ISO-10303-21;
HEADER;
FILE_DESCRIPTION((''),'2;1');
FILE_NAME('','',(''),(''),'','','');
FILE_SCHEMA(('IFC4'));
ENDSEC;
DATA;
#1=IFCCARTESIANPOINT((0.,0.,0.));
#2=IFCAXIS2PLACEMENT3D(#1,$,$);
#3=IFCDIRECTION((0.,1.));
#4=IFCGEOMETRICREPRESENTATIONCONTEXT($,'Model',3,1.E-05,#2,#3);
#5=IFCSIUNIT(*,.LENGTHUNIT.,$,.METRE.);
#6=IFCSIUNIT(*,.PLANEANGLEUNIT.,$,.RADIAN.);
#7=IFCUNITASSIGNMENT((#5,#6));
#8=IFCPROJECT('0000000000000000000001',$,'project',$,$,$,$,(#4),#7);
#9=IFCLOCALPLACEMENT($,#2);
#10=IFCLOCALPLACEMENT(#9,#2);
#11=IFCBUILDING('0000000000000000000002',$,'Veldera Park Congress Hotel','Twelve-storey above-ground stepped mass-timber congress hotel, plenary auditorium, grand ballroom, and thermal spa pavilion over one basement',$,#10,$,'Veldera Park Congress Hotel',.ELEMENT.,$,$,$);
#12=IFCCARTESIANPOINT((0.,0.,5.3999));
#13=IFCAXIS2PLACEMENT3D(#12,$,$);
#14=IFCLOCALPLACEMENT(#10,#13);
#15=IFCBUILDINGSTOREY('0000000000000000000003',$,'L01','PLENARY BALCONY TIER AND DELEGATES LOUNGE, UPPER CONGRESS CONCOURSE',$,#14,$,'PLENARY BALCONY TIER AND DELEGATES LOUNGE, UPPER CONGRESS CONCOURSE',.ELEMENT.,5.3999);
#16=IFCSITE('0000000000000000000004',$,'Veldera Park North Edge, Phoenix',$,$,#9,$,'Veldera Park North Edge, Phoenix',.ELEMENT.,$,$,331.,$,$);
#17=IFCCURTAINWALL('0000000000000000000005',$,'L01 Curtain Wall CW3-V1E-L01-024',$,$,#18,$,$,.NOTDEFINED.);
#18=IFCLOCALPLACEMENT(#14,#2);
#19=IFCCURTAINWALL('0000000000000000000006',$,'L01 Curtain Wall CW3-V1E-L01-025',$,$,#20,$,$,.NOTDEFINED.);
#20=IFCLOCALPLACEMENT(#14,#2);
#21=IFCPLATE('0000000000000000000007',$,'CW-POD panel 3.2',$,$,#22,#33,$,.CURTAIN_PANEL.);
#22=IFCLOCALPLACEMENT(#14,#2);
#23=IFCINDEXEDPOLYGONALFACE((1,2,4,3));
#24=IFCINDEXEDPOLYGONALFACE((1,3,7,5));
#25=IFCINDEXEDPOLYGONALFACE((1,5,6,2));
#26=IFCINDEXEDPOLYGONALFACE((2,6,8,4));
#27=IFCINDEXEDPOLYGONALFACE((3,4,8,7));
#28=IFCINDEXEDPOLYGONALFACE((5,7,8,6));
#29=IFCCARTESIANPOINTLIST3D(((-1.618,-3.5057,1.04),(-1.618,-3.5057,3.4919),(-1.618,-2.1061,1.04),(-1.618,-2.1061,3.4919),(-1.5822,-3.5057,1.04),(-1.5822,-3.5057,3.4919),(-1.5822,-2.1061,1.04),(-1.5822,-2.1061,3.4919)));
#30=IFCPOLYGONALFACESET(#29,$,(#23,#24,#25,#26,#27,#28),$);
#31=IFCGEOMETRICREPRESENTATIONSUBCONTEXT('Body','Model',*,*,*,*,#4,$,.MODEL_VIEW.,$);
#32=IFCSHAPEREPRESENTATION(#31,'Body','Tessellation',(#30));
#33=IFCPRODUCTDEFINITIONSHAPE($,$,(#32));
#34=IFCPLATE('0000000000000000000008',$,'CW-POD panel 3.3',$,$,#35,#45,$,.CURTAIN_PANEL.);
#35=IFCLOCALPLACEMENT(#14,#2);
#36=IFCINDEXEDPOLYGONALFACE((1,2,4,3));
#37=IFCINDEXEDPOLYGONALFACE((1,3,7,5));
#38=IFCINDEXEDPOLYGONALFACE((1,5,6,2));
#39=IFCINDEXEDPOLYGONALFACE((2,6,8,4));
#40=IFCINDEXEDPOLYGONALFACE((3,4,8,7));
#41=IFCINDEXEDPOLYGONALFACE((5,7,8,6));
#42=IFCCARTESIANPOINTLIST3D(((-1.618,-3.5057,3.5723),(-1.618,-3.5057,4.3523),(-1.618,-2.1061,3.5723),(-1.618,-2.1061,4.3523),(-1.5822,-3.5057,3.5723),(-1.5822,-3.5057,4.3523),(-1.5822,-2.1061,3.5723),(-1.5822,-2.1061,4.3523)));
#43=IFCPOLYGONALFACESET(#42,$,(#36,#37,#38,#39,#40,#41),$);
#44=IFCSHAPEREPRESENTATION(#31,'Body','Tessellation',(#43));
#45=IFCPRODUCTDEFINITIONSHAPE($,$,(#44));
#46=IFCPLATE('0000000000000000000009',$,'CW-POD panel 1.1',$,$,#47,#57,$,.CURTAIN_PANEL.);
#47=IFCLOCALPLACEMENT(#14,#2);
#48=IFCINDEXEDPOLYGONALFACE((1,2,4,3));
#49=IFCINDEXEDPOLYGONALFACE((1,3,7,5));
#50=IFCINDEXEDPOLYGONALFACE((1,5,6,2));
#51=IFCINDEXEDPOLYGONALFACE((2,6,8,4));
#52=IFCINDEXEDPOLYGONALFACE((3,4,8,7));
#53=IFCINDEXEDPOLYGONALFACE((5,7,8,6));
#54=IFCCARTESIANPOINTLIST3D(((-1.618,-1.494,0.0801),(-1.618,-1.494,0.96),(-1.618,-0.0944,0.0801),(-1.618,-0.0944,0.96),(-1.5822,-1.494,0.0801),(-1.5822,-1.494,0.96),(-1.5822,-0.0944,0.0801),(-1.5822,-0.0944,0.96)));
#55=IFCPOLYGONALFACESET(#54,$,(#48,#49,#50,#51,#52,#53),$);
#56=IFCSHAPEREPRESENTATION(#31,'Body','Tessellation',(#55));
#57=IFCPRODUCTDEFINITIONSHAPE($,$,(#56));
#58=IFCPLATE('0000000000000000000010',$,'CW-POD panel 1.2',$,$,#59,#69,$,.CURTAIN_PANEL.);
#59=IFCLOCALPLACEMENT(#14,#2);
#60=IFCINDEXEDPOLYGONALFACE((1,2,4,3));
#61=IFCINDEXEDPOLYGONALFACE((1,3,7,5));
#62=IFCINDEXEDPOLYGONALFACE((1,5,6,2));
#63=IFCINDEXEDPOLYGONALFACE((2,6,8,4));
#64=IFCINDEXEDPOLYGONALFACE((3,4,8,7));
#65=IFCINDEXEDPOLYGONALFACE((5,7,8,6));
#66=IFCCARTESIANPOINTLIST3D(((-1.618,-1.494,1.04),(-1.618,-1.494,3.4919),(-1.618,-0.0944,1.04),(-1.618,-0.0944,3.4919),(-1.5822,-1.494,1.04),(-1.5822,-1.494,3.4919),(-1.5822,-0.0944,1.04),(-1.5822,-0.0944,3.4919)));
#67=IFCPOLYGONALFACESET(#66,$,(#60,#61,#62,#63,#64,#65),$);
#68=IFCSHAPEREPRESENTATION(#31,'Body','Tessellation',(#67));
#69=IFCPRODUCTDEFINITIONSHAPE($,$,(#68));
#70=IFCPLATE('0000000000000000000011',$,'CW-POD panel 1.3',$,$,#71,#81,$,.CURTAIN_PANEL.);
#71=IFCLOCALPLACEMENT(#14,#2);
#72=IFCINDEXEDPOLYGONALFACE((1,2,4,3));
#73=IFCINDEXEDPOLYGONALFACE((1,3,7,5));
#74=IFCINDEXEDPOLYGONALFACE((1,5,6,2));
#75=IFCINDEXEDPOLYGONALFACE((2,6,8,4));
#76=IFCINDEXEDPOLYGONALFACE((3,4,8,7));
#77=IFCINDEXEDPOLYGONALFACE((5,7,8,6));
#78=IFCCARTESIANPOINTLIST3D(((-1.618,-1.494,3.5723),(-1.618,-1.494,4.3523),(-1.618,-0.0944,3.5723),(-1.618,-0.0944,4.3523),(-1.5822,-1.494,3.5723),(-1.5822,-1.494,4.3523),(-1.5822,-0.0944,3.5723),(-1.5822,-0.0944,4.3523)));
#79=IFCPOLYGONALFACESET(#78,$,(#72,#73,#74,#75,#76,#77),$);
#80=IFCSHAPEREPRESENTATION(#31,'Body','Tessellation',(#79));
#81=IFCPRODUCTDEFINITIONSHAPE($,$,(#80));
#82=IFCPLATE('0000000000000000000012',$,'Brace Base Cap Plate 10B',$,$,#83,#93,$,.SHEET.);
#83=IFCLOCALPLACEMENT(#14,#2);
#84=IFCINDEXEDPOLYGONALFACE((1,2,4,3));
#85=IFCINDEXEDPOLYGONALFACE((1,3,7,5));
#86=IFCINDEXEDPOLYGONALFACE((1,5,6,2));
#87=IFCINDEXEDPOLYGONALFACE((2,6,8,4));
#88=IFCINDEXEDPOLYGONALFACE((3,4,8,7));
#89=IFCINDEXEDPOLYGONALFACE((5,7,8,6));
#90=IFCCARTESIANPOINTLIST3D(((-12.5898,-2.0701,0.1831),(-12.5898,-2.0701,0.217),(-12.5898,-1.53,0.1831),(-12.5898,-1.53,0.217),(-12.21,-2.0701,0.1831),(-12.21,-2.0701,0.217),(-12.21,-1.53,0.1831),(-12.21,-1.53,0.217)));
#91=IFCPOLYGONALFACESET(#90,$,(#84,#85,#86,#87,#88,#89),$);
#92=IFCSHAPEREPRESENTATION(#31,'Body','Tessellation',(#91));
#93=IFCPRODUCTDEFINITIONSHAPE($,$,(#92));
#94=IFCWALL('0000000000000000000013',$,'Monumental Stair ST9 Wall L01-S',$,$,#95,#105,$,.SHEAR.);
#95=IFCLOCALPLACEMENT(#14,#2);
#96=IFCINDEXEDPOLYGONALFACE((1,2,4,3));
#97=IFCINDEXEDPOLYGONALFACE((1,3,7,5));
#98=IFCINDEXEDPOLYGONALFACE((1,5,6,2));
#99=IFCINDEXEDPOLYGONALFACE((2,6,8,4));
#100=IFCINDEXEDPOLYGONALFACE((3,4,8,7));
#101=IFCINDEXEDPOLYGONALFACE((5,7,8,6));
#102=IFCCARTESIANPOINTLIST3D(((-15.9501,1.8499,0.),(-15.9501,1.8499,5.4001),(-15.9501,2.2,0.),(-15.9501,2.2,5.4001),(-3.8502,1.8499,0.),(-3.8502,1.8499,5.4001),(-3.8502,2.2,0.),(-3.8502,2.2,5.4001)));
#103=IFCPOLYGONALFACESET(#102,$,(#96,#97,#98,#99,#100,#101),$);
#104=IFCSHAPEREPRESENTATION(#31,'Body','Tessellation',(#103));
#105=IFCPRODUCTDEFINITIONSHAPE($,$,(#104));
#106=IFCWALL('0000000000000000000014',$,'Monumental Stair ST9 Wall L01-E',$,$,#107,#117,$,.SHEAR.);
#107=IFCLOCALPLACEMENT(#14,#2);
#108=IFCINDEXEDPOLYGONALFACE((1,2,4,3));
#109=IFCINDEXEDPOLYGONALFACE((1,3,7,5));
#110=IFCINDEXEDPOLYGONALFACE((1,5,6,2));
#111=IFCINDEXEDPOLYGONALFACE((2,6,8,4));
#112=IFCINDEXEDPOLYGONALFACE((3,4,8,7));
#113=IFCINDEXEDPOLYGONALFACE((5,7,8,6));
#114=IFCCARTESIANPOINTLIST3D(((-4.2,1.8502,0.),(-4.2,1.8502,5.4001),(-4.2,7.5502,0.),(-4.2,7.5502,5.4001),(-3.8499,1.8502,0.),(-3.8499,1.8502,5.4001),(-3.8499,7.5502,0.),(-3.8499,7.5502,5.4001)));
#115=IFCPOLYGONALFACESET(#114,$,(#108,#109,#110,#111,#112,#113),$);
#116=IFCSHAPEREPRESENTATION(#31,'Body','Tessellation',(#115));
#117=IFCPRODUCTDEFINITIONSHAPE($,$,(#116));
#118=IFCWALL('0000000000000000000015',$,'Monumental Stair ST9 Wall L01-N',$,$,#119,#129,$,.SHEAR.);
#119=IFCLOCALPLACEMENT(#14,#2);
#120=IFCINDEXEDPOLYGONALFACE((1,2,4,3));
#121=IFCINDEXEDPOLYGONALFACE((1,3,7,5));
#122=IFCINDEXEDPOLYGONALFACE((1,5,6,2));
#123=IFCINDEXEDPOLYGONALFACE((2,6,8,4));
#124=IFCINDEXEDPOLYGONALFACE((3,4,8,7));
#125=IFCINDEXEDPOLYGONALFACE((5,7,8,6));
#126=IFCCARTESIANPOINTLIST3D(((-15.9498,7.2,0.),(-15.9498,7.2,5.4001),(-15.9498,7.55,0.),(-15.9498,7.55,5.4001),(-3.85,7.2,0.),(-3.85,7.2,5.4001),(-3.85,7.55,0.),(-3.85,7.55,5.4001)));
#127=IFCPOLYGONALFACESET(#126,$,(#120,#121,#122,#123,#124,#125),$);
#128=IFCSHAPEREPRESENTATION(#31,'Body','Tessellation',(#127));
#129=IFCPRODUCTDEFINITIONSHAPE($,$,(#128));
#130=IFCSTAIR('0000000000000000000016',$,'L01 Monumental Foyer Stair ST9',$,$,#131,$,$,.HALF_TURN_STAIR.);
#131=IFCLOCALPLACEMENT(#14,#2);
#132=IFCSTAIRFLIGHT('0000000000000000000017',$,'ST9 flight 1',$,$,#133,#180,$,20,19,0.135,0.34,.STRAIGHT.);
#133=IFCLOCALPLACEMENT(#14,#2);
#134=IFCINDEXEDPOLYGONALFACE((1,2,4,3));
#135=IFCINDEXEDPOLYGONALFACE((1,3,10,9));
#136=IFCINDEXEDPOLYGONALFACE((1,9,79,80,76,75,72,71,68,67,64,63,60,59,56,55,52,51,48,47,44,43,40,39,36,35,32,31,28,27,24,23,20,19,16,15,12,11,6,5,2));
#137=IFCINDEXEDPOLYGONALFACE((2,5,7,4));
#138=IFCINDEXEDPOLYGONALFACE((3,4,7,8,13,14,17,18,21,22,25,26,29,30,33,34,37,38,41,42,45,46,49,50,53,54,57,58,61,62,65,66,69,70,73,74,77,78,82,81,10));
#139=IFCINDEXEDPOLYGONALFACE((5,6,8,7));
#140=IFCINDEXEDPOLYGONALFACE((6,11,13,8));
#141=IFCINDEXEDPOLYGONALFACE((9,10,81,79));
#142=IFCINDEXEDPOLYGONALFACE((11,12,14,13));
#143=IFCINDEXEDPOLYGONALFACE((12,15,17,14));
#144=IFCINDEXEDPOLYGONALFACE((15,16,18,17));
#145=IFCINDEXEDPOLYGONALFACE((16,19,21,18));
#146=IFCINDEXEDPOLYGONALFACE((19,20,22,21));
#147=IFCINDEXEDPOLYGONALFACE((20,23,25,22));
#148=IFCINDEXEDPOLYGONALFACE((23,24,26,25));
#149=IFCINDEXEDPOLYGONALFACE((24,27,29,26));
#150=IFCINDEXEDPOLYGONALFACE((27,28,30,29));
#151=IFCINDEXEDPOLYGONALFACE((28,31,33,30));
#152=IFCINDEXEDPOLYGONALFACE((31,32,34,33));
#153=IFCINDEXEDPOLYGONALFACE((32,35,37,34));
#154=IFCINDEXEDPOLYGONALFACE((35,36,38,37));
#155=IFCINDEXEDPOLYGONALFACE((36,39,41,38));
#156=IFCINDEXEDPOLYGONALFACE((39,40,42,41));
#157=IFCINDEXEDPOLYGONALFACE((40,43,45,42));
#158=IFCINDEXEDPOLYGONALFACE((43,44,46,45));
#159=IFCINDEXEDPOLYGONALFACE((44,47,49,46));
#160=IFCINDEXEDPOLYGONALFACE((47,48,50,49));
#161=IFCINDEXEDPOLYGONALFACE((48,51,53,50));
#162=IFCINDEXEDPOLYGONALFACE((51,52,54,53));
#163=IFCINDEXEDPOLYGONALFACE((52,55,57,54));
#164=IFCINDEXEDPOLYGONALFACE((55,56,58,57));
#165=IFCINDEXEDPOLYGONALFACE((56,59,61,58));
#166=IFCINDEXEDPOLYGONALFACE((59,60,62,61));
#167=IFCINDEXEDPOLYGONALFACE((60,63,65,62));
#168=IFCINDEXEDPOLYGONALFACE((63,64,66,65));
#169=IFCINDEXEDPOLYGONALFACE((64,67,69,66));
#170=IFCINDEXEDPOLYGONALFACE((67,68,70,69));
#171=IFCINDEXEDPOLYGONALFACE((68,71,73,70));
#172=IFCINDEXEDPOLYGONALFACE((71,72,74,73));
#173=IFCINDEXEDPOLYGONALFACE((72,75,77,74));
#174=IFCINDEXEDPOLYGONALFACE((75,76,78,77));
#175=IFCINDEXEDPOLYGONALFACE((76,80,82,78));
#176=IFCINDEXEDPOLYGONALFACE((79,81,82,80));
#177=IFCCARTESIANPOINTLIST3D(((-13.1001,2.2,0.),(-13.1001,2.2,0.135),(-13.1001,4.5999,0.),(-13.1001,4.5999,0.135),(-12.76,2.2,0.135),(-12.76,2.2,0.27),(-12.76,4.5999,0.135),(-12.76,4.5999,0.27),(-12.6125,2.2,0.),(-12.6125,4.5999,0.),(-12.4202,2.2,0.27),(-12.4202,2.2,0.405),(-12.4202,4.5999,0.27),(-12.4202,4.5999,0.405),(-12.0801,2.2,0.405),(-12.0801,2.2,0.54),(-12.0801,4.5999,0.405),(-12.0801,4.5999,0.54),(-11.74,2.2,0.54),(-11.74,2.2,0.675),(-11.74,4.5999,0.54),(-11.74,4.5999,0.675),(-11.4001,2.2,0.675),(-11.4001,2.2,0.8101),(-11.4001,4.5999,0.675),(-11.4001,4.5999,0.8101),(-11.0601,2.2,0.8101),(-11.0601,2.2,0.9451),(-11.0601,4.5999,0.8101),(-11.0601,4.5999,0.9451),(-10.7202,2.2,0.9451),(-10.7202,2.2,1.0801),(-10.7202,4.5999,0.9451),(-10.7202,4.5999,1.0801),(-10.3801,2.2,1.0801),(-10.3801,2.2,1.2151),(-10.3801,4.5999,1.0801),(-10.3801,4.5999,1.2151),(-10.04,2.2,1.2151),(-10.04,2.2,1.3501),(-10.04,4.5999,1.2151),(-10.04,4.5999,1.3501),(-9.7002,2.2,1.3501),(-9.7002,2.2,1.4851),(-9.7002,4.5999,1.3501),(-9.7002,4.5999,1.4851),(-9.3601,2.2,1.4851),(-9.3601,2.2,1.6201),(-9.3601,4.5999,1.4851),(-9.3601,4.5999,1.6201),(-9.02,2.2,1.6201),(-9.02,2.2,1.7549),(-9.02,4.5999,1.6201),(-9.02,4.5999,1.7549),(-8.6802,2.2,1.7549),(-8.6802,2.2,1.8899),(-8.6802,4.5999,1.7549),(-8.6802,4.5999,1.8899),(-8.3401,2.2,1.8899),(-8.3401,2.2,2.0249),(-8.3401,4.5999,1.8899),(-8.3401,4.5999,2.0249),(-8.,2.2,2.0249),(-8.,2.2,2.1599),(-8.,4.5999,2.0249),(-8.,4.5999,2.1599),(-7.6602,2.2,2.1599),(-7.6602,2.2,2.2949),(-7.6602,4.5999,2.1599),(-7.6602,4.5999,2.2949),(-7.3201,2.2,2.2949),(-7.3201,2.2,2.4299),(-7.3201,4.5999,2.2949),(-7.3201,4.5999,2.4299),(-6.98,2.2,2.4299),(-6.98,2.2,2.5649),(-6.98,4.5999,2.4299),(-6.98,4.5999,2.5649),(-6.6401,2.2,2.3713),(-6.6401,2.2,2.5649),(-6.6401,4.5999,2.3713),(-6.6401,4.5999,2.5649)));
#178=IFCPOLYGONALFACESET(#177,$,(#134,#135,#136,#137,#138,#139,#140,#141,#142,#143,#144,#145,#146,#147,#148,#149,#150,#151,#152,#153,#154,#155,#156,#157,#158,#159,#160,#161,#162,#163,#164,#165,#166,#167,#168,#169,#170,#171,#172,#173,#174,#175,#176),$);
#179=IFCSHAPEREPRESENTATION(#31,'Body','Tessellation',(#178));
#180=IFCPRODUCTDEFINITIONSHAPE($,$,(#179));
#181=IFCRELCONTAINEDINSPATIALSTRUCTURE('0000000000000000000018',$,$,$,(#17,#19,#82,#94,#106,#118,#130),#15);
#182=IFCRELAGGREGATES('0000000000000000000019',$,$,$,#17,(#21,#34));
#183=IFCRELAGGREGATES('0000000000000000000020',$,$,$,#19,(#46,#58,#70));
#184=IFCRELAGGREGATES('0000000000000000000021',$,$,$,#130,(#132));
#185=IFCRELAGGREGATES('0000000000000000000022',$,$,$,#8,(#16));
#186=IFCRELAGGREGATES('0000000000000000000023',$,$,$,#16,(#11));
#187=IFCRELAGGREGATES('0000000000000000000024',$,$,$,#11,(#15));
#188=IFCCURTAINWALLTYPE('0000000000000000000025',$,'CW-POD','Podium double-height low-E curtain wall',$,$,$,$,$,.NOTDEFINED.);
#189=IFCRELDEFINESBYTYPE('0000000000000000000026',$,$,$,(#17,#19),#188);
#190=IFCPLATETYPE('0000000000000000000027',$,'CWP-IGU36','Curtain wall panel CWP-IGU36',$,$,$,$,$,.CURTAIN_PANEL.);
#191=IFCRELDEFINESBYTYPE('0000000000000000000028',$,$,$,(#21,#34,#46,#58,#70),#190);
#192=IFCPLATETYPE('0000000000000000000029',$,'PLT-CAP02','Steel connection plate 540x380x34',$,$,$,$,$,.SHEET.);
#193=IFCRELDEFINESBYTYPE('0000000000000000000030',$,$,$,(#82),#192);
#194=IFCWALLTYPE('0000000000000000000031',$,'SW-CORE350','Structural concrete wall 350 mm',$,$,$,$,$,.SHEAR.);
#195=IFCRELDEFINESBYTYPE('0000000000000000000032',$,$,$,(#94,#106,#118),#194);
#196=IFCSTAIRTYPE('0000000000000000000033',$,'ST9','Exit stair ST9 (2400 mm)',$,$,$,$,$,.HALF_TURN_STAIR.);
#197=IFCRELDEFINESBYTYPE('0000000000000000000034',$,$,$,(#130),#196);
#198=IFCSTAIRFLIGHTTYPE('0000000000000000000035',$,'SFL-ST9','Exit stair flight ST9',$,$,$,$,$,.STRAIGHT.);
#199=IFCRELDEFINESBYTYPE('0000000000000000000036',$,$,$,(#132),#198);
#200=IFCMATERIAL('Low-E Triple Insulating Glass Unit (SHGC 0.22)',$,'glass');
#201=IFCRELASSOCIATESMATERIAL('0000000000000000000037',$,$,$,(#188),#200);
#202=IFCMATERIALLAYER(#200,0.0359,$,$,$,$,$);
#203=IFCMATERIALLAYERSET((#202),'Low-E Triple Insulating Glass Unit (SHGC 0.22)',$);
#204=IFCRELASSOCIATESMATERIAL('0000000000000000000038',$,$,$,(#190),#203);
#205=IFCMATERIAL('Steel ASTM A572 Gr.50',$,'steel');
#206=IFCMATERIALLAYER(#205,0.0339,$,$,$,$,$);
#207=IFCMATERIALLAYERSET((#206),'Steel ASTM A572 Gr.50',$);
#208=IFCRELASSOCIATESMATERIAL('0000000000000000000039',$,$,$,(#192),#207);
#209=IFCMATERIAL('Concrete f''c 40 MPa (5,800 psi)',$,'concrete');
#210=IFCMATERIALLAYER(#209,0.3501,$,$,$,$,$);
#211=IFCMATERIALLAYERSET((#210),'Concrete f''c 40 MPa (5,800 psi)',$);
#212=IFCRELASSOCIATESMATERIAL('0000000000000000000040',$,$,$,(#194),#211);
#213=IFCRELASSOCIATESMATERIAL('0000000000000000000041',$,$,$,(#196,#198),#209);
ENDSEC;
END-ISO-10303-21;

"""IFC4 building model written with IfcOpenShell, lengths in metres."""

from ifc_helpers import new_model, si_unit, direction, frame, frame_2d, origin, origin_2d, place, context, subcontext, project, spatial, polyline, rectangle, outline, extrude, material, layer, layer_set, type_object, element, aggregate, save


model = new_model("IFC4")

# Units and contexts
model_context = context("Model", 3, precision=1e-05, world=origin(), true_north=direction((0.0, 1.0)))
body_context = subcontext(model_context, "Body", "Model", "MODEL_VIEW")
ifc_project = project(units=[si_unit("LENGTHUNIT", "METRE"), si_unit("PLANEANGLEUNIT", "RADIAN")], contexts=[model_context])

# Site, building, storey
site_placement = place(None, origin())
site = spatial("IfcSite", under=ifc_project, at=site_placement, Name="Veldera Park North Edge, Phoenix", LongName="Veldera Park North Edge, Phoenix", CompositionType="ELEMENT", RefElevation=331.0)
building_placement = place(site_placement, origin())
building = spatial("IfcBuilding", under=site, at=building_placement, Name="Veldera Park Congress Hotel", Description="Twelve-storey above-ground stepped mass-timber congress hotel, plenary auditorium, grand ballroom, and thermal spa pavilion over one basement", LongName="Veldera Park Congress Hotel", CompositionType="ELEMENT")
storey_placement = place(building_placement, frame((0.0, 0.0, 5.3999)))
storey = spatial("IfcBuildingStorey", under=building, at=storey_placement, Name="L01", Description="PLENARY BALCONY TIER AND DELEGATES LOUNGE, UPPER CONGRESS CONCOURSE", LongName="PLENARY BALCONY TIER AND DELEGATES LOUNGE, UPPER CONGRESS CONCOURSE", CompositionType="ELEMENT", Elevation=5.3999)

# Curtain wall
ifc_material_1 = material(Name="Low-E Triple Insulating Glass Unit (SHGC 0.22)", Category="glass")
curtain_wall_type = type_object("IfcCurtainWallType", Name="CW-POD", Description="Podium double-height low-E curtain wall", PredefinedType="NOTDEFINED", material=ifc_material_1)
curtain_wall_1_placement = place(storey_placement, origin())
curtain_wall_1 = element("IfcCurtainWall", 1, at=curtain_wall_1_placement, inside=storey, type_object=curtain_wall_type, Name="L01 Curtain Wall CW3-V1E-L01-024", PredefinedType="NOTDEFINED")

# Curtain wall
curtain_wall_2_placement = place(storey_placement, origin())
curtain_wall_2 = element("IfcCurtainWall", 2, at=curtain_wall_2_placement, inside=storey, type_object=curtain_wall_type, Name="L01 Curtain Wall CW3-V1E-L01-025", PredefinedType="NOTDEFINED")

# Plates
ifc_layer_1 = layer(ifc_material_1, 0.0359)
ifc_layer_set_1 = layer_set([ifc_layer_1], Name="Low-E Triple Insulating Glass Unit (SHGC 0.22)")
plate_type_1 = type_object("IfcPlateType", Name="CWP-IGU36", Description="Curtain wall panel CWP-IGU36", PredefinedType="CURTAIN_PANEL", material=ifc_layer_set_1)
plate_1_placement = place(storey_placement, frame((-1.6001, -2.8059, 1.04), z_axis=(0.0, 0.0, 1.0), x_axis=(0.0, 1.0, 0.0)))
plate_1 = element("IfcPlate", 3, at=plate_1_placement, type_object=plate_type_1, Name="CW-POD panel 3.2", PredefinedType="CURTAIN_PANEL", context=body_context, shape_type="SweptSolid", body=[
    extrude(rectangle(XDim=1.3997, YDim=0.0359, at=origin_2d()), origin(), (0.0, 0.0, 1.0), 2.4519),
])
plate_2_placement = place(storey_placement, frame((-1.6001, -2.8059, 3.5723), z_axis=(0.0, 0.0, 1.0), x_axis=(0.0, 1.0, 0.0)))
plate_2 = element("IfcPlate", 4, at=plate_2_placement, type_object=plate_type_1, Name="CW-POD panel 3.3", PredefinedType="CURTAIN_PANEL", context=body_context, shape_type="SweptSolid", body=[
    extrude(rectangle(XDim=1.3997, YDim=0.0359, at=origin_2d()), origin(), (0.0, 0.0, 1.0), 0.78),
])
aggregate(curtain_wall_1, [plate_1, plate_2])
plate_3_placement = place(storey_placement, frame((-1.6001, -0.7942, 0.0801), z_axis=(0.0, 0.0, 1.0), x_axis=(0.0, 1.0, 0.0)))
plate_3 = element("IfcPlate", 5, at=plate_3_placement, type_object=plate_type_1, Name="CW-POD panel 1.1", PredefinedType="CURTAIN_PANEL", context=body_context, shape_type="SweptSolid", body=[
    extrude(rectangle(XDim=1.3997, YDim=0.0359, at=origin_2d()), origin(), (0.0, 0.0, 1.0), 0.8799),
])
plate_4_placement = place(storey_placement, frame((-1.6001, -0.7942, 1.04), z_axis=(0.0, 0.0, 1.0), x_axis=(0.0, 1.0, 0.0)))
plate_4 = element("IfcPlate", 6, at=plate_4_placement, type_object=plate_type_1, Name="CW-POD panel 1.2", PredefinedType="CURTAIN_PANEL", context=body_context, shape_type="SweptSolid", body=[
    extrude(rectangle(XDim=1.3997, YDim=0.0359, at=origin_2d()), origin(), (0.0, 0.0, 1.0), 2.4519),
])
plate_5_placement = place(storey_placement, frame((-1.6001, -0.7942, 3.5723), z_axis=(0.0, 0.0, 1.0), x_axis=(0.0, 1.0, 0.0)))
plate_5 = element("IfcPlate", 7, at=plate_5_placement, type_object=plate_type_1, Name="CW-POD panel 1.3", PredefinedType="CURTAIN_PANEL", context=body_context, shape_type="SweptSolid", body=[
    extrude(rectangle(XDim=1.3997, YDim=0.0359, at=origin_2d()), origin(), (0.0, 0.0, 1.0), 0.78),
])
aggregate(curtain_wall_2, [plate_3, plate_4, plate_5])
ifc_material_2 = material(Name="Steel ASTM A572 Gr.50", Category="steel")
ifc_layer_2 = layer(ifc_material_2, 0.0339)
ifc_layer_set_2 = layer_set([ifc_layer_2], Name="Steel ASTM A572 Gr.50")
plate_type_2 = type_object("IfcPlateType", Name="PLT-CAP02", Description="Steel connection plate 540x380x34", PredefinedType="SHEET", material=ifc_layer_set_2)
plate_6_placement = place(storey_placement, frame((-12.3999, -1.8, 0.1831), z_axis=(0.0, 0.0, 1.0), x_axis=(0.0, 1.0, 0.0)))
element("IfcPlate", 8, at=plate_6_placement, inside=storey, type_object=plate_type_2, Name="Brace Base Cap Plate 10B", PredefinedType="SHEET", context=body_context, shape_type="SweptSolid", body=[
    extrude(rectangle(XDim=0.54, YDim=0.3799, at=origin_2d()), origin(), (0.0, 0.0, 1.0), 0.0339),
])

# Walls
ifc_material_3 = material(Name="Concrete f'c 40 MPa (5,800 psi)", Category="concrete")
ifc_layer_3 = layer(ifc_material_3, 0.3501)
ifc_layer_set_3 = layer_set([ifc_layer_3], Name="Concrete f'c 40 MPa (5,800 psi)")
wall_type = type_object("IfcWallType", Name="SW-CORE350", Description="Structural concrete wall 350 mm", PredefinedType="SHEAR", material=ifc_layer_set_3)
wall_1_placement = place(storey_placement, frame((-15.95, 2.0249, 0.0), z_axis=(0.0, 0.0, 1.0), x_axis=(1.0, 0.0, 0.0)))
element("IfcWall", 9, at=wall_1_placement, inside=storey, type_object=wall_type, Name="Monumental Stair ST9 Wall L01-S", PredefinedType="SHEAR", context=body_context, shape_type="SweptSolid", body=[
    extrude(rectangle(XDim=12.0999, YDim=0.3501, at=frame_2d((6.0498, 0.0))), origin(), (0.0, 0.0, 1.0), 5.4001),
])
wall_2_placement = place(storey_placement, frame((-4.0249, 1.8501, 0.0), z_axis=(0.0, 0.0, 1.0), x_axis=(0.0, 1.0, 0.0)))
element("IfcWall", 10, at=wall_2_placement, inside=storey, type_object=wall_type, Name="Monumental Stair ST9 Wall L01-E", PredefinedType="SHEAR", context=body_context, shape_type="SweptSolid", body=[
    extrude(rectangle(XDim=5.7, YDim=0.3501, at=frame_2d((2.8501, 0.0))), origin(), (0.0, 0.0, 1.0), 5.4001),
])
wall_3_placement = place(storey_placement, frame((-3.8501, 7.375, 0.0), z_axis=(0.0, 0.0, 1.0), x_axis=(-1.0, 0.0, 0.0)))
element("IfcWall", 11, at=wall_3_placement, inside=storey, type_object=wall_type, Name="Monumental Stair ST9 Wall L01-N", PredefinedType="SHEAR", context=body_context, shape_type="SweptSolid", body=[
    extrude(rectangle(XDim=12.0999, YDim=0.3501, at=frame_2d((6.0498, 0.0))), origin(), (0.0, 0.0, 1.0), 5.4001),
])

# Stair, stair flight
stair_type = type_object("IfcStairType", Name="ST9", Description="Exit stair ST9 (2400 mm)", PredefinedType="HALF_TURN_STAIR", material=ifc_material_3)
stair_placement = place(storey_placement, origin())
stair = element("IfcStair", 12, at=stair_placement, inside=storey, type_object=stair_type, Name="L01 Monumental Foyer Stair ST9", PredefinedType="HALF_TURN_STAIR")
stair_flight_type = type_object("IfcStairFlightType", Name="SFL-ST9", Description="Exit stair flight ST9", PredefinedType="STRAIGHT", material=ifc_material_3)
stair_flight_1_placement = place(storey_placement, frame((-13.1001, 3.3999, 0.0), z_axis=(0.0, 0.0, 1.0), x_axis=(1.0, 0.0, 0.0)))
stair_flight_1 = element("IfcStairFlight", 13, at=stair_flight_1_placement, type_object=stair_flight_type, Name="ST9 flight 1", NumberOfRisers=20, NumberOfTreads=19, PredefinedType="STRAIGHT", RiserHeight=0.135, TreadLength=0.34, context=body_context, shape_type="SweptSolid", body=[
    extrude(outline(polyline([(0.0, 0.0), (0.0, 0.135), (0.3401, 0.135), (0.3401, 0.27), (0.6799, 0.27), (0.6799, 0.405), (1.02, 0.405), (1.02, 0.54), (1.3601, 0.54), (1.3601, 0.675), (1.7, 0.675), (1.7, 0.8101), (2.04, 0.8101), (2.04, 0.9451), (2.3799, 0.9451), (2.3799, 1.0801), (2.72, 1.0801), (2.72, 1.2151), (3.0601, 1.2151), (3.0601, 1.3501), (3.3999, 1.3501), (3.3999, 1.4851), (3.74, 1.4851), (3.74, 1.6201), (4.0801, 1.6201), (4.0801, 1.7549), (4.4199, 1.7549), (4.4199, 1.8899), (4.76, 1.8899), (4.76, 2.0249), (5.1001, 2.0249), (5.1001, 2.1599), (5.4399, 2.1599), (5.4399, 2.2949), (5.78, 2.2949), (5.78, 2.4299), (6.1201, 2.4299), (6.1201, 2.5649), (6.46, 2.5649), (6.46, 2.7), (6.46, 2.7), (6.46, 2.3713), (0.4875, 0.0), (0.0, 0.0)])), frame((0.0, 1.2, 0.0), z_axis=(0.0, -1.0, 0.0), x_axis=(1.0, 0.0, 0.0)), (0.0, 0.0, 1.0), 2.3999),
])
aggregate(stair, [stair_flight_1])

save(model, "model.ifc")
